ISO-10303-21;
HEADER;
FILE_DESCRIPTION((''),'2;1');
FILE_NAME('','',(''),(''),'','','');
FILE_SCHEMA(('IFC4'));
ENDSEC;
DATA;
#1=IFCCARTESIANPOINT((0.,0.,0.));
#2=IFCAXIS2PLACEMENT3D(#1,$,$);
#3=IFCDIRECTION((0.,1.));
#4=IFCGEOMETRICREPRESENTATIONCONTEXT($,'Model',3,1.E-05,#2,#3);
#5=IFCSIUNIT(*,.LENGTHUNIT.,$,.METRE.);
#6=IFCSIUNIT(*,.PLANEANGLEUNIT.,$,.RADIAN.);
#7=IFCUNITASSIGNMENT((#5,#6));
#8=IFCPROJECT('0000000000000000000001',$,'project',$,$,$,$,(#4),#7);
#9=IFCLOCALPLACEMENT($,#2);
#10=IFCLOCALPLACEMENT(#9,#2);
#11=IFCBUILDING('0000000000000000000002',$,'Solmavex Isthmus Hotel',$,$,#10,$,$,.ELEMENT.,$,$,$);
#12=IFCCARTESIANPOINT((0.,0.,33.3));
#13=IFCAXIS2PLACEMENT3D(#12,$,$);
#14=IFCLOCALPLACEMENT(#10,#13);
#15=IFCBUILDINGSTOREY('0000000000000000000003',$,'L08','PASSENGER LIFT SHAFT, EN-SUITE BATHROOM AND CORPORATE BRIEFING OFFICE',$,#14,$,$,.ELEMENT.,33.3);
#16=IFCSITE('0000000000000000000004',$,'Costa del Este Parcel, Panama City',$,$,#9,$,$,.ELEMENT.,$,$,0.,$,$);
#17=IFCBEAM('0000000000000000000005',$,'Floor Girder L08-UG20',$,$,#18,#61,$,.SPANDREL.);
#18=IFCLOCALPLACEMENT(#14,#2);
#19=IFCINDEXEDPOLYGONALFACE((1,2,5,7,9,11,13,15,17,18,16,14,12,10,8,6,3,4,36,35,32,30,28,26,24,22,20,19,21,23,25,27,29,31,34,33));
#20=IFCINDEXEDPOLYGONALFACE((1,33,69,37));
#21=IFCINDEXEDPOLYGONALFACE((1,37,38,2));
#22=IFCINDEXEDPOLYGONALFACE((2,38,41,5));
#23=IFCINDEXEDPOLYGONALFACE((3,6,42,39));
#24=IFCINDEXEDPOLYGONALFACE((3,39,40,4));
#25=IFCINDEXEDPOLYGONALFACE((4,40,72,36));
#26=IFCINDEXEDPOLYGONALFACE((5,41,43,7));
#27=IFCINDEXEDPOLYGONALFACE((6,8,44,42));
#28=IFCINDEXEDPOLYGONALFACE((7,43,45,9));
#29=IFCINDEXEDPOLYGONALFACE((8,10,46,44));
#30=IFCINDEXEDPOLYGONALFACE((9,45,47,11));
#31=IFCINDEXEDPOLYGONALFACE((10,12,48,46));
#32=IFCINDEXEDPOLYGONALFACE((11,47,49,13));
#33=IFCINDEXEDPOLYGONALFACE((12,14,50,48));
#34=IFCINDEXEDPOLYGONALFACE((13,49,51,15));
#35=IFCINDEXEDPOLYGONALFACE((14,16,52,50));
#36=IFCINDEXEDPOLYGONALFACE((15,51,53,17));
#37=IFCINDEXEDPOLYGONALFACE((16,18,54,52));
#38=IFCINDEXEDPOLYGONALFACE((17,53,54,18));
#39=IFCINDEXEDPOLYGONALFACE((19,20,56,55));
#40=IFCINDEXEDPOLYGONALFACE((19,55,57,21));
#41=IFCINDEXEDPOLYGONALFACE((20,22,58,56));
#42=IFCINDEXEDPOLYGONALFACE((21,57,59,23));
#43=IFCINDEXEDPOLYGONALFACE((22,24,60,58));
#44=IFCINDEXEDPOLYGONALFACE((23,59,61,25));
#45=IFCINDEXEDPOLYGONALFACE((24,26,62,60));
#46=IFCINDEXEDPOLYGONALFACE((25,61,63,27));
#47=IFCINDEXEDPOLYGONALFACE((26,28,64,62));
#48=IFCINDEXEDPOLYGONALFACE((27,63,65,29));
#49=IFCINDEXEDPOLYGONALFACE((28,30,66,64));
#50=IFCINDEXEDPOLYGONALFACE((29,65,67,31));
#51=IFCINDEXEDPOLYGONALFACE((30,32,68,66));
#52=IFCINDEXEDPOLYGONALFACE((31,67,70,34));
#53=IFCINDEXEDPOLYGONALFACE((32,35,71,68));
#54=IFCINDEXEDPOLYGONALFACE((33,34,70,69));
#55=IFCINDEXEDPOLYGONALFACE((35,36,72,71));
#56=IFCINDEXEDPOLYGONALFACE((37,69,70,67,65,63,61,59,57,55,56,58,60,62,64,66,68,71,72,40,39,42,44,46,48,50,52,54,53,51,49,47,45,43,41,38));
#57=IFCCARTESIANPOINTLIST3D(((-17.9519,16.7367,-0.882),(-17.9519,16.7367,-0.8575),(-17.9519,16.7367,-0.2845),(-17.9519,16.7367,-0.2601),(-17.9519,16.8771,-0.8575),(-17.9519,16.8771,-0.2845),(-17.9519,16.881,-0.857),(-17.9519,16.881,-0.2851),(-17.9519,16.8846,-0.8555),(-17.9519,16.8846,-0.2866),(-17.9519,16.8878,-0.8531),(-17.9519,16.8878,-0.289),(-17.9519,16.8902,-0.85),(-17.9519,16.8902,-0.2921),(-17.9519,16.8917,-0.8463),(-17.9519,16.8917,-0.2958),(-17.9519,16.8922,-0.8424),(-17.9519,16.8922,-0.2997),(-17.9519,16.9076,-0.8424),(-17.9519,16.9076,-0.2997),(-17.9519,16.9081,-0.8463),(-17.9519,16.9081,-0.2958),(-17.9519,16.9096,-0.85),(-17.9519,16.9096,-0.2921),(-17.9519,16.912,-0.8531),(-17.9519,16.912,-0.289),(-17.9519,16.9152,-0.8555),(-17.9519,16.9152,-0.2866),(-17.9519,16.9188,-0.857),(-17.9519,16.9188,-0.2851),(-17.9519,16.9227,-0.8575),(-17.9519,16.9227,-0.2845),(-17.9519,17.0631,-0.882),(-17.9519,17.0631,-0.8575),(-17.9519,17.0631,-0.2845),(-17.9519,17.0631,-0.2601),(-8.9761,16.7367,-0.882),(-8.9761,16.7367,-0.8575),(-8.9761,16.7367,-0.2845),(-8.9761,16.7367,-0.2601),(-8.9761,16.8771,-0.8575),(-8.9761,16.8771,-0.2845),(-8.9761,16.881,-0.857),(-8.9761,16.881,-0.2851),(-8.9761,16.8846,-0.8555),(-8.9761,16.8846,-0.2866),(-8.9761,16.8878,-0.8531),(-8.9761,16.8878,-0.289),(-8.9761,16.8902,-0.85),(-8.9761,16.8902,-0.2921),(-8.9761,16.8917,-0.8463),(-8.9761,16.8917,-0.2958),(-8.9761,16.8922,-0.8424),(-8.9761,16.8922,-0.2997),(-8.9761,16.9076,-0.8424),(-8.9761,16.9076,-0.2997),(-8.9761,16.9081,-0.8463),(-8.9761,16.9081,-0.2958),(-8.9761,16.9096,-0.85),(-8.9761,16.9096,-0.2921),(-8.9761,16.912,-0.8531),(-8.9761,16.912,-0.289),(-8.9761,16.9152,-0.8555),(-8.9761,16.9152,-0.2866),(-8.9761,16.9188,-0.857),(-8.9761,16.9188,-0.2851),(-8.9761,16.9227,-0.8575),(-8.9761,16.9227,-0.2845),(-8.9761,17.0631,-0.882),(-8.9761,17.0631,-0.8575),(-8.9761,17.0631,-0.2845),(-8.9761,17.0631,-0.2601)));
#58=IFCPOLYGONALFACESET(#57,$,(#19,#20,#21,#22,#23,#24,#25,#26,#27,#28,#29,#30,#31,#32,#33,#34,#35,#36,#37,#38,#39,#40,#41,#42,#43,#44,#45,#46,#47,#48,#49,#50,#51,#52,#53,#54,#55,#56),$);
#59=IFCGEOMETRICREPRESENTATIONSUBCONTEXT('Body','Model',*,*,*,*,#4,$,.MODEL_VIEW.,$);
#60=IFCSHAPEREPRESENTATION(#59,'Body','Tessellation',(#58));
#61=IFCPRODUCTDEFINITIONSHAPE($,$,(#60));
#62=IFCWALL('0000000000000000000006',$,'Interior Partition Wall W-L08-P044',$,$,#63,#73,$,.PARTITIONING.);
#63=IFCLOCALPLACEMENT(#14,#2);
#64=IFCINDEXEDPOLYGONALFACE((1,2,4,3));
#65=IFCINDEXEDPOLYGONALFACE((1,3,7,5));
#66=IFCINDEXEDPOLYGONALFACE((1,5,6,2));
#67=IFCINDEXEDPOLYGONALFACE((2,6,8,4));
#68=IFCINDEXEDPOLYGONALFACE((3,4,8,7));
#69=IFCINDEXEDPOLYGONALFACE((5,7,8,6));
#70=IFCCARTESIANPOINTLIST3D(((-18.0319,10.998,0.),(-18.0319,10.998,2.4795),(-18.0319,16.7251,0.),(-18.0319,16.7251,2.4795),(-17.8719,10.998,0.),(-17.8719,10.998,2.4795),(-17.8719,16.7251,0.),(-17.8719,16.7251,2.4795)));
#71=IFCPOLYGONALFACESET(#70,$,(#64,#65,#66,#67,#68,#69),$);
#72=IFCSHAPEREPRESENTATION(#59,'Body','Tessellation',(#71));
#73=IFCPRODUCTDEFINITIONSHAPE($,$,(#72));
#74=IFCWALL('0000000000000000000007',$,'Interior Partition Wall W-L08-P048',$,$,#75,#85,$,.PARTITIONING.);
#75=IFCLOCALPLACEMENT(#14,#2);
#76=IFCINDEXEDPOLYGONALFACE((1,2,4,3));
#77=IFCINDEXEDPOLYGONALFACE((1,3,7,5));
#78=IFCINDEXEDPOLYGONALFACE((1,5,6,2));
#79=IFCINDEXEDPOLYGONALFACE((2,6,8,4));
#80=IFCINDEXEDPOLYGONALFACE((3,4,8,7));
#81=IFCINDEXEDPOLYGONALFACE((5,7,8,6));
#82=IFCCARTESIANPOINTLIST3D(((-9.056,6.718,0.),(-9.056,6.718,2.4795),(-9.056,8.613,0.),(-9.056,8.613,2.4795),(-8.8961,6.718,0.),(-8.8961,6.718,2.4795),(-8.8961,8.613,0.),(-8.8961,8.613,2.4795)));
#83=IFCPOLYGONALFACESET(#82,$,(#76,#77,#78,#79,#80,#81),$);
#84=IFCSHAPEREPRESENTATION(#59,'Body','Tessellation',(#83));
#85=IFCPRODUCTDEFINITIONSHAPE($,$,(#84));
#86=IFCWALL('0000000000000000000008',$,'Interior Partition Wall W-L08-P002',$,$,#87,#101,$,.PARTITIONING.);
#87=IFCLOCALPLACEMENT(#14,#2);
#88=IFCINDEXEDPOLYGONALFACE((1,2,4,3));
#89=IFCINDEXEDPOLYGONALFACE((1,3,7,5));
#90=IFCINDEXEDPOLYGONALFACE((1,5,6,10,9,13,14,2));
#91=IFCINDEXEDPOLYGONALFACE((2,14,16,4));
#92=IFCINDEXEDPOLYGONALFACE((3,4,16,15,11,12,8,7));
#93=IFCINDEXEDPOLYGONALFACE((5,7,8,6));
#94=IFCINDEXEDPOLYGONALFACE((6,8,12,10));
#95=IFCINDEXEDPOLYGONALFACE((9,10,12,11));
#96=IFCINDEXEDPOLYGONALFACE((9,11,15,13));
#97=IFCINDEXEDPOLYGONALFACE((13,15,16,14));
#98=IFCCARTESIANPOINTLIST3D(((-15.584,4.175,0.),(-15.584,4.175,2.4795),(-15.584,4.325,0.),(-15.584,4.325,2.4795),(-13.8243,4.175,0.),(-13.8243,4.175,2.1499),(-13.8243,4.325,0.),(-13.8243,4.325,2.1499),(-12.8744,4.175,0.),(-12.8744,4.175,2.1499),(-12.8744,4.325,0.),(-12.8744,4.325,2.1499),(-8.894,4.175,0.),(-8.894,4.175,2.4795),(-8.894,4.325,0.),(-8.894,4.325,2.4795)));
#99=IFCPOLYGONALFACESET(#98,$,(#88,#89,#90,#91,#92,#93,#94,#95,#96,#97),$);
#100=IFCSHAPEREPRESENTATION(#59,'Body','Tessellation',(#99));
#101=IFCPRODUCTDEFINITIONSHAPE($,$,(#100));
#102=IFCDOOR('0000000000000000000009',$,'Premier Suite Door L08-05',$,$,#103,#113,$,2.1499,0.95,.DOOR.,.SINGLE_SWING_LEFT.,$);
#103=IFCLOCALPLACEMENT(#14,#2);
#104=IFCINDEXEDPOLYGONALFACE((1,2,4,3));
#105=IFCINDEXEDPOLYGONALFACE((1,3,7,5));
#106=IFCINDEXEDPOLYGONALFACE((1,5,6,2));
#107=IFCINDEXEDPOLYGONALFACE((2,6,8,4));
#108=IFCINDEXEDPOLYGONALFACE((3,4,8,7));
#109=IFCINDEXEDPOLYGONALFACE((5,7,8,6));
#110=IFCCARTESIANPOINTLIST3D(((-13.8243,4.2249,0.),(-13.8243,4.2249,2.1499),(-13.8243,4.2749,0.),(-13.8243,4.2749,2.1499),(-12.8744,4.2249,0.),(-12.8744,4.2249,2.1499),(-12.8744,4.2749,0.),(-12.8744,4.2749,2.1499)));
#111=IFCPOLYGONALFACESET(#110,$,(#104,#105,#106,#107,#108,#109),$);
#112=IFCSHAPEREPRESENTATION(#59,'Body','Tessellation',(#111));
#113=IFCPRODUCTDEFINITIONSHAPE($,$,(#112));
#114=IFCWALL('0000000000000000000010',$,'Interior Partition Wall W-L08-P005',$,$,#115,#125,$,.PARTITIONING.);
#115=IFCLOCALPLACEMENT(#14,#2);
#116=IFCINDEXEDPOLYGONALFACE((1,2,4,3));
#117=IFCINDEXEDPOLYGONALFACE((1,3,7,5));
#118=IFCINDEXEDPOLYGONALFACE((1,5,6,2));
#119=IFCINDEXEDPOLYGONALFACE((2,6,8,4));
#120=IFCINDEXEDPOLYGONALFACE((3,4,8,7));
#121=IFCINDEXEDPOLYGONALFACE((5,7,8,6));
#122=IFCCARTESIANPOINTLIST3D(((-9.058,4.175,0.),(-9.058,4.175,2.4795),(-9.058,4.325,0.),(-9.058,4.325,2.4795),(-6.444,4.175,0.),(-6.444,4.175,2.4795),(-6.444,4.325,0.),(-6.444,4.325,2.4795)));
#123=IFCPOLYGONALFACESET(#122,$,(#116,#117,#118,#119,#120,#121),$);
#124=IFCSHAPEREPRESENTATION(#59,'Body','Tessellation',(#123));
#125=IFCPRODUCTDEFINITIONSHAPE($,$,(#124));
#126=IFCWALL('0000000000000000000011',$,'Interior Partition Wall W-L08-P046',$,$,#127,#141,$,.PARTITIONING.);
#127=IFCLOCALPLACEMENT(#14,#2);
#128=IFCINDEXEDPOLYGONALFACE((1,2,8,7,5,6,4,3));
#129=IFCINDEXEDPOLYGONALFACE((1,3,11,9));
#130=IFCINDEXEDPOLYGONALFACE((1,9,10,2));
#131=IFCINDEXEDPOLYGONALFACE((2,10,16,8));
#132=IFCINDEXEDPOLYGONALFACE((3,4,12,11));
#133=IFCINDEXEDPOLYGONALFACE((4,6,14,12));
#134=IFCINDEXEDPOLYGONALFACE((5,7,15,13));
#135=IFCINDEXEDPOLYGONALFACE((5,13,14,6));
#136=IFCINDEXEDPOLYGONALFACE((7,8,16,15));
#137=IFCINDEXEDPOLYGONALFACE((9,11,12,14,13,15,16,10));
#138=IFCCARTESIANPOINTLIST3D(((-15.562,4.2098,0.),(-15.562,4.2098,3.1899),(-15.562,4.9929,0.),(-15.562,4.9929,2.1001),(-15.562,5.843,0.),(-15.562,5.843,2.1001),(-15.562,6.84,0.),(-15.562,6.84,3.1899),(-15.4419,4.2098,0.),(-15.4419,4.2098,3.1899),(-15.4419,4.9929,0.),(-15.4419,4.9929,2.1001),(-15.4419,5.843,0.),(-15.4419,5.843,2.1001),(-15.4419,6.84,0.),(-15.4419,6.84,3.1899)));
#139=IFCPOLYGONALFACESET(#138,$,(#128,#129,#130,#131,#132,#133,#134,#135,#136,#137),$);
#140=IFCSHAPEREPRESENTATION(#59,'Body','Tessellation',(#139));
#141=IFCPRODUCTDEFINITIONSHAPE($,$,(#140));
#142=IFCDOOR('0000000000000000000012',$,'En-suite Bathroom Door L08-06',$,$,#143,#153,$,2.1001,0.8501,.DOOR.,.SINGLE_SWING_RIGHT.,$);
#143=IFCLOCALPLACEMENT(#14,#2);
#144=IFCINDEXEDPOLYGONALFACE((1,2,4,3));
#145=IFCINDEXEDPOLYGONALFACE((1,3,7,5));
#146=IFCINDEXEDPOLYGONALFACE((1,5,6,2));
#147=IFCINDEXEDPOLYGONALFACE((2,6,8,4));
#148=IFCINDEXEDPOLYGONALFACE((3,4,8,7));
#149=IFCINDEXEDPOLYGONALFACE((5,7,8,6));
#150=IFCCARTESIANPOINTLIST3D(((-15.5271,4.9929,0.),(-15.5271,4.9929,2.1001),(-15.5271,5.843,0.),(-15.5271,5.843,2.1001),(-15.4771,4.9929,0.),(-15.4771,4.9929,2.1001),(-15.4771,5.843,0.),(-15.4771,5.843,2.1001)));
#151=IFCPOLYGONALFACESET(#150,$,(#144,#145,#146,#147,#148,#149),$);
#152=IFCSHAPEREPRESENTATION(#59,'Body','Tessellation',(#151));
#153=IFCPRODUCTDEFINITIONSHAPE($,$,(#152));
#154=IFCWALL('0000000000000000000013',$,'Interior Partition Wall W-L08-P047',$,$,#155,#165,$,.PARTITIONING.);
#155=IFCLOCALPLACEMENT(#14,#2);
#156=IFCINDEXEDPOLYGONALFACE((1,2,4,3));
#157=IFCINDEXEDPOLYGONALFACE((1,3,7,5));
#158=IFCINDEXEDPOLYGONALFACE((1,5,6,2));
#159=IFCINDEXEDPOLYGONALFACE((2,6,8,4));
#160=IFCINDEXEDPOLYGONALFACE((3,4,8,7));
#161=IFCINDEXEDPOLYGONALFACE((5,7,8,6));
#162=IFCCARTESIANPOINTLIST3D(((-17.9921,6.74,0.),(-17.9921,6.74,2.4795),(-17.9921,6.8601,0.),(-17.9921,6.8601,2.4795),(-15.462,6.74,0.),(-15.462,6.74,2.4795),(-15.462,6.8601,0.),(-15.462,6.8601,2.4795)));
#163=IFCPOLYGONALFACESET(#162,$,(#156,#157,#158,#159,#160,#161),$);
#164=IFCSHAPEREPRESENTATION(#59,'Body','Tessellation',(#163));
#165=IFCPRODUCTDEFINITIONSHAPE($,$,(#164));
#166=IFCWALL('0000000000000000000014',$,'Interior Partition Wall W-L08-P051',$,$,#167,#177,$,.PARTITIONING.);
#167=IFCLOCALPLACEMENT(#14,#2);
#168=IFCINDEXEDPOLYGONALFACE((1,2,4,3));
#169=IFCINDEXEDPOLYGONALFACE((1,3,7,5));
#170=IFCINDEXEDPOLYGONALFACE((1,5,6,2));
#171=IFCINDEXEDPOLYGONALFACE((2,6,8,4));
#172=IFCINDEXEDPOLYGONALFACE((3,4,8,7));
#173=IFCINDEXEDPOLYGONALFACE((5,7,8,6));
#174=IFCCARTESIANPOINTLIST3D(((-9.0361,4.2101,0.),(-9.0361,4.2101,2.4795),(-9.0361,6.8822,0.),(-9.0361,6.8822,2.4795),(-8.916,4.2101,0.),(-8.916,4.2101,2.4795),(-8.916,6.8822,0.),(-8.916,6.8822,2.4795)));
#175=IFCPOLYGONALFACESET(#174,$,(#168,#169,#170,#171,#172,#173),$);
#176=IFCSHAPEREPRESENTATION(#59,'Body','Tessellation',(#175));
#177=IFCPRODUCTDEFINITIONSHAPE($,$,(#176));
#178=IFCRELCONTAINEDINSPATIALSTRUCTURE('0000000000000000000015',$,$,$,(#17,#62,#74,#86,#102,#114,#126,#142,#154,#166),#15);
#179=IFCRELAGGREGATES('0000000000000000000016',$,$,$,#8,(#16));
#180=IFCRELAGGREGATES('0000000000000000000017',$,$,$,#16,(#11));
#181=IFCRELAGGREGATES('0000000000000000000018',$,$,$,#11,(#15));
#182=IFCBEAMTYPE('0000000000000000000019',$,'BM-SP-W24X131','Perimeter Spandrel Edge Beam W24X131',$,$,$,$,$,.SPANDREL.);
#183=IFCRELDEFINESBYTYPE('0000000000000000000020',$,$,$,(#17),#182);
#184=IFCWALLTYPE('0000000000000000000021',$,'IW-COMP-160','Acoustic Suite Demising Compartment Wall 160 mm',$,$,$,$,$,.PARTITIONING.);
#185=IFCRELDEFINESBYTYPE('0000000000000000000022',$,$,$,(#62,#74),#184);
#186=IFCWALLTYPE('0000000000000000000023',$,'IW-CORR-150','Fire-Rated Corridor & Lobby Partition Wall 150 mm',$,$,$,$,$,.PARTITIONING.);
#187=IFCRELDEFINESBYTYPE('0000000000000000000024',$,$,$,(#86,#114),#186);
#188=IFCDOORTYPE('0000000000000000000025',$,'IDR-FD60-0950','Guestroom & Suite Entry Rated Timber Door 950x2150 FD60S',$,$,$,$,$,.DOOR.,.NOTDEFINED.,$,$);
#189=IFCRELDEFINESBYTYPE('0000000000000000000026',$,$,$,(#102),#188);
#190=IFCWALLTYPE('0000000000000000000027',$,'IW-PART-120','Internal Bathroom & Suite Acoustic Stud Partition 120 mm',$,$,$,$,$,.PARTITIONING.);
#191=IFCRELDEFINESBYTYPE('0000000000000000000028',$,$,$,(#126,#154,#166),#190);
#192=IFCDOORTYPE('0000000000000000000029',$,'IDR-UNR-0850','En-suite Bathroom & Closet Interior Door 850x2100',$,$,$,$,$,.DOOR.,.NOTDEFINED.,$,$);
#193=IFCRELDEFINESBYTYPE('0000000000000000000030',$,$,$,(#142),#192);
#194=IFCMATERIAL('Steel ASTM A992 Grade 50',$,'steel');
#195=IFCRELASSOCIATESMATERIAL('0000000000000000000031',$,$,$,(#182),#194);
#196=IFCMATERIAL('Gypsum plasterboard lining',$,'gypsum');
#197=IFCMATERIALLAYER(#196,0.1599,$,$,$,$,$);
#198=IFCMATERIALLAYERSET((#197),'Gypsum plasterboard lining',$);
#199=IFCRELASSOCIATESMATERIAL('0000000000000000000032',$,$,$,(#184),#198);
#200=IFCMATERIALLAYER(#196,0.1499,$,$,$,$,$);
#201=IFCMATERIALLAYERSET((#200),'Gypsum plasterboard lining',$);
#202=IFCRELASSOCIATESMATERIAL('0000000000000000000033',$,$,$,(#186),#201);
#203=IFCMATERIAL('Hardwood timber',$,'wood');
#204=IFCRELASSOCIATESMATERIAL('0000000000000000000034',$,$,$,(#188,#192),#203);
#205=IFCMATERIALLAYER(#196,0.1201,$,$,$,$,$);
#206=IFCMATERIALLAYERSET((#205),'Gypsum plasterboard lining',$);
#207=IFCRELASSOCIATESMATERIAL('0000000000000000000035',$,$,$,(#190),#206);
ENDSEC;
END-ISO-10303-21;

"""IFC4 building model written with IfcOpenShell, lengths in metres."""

from ifc_helpers import new_model, si_unit, direction, frame, frame_2d, origin, origin_2d, place, context, subcontext, project, spatial, rectangle, i_section, extrude, material, layer, layer_set, material_profile, profile_set, type_object, element, fill, save


model = new_model("IFC4")

# Units and contexts
model_context = context("Model", 3, precision=1e-05, world=origin(), true_north=direction((0.0, 1.0)))
body_context = subcontext(model_context, "Body", "Model", "MODEL_VIEW")
ifc_project = project(units=[si_unit("LENGTHUNIT", "METRE"), si_unit("PLANEANGLEUNIT", "RADIAN")], contexts=[model_context])

# Site, building, storey
site_placement = place(None, origin())
site = spatial("IfcSite", under=ifc_project, at=site_placement, Name="Costa del Este Parcel, Panama City", CompositionType="ELEMENT", RefElevation=0.0)
building_placement = place(site_placement, origin())
building = spatial("IfcBuilding", under=site, at=building_placement, Name="Solmavex Isthmus Hotel", CompositionType="ELEMENT")
storey_placement = place(building_placement, frame((0.0, 0.0, 33.3)))
storey = spatial("IfcBuildingStorey", under=building, at=storey_placement, Name="L08", Description="PASSENGER LIFT SHAFT, EN-SUITE BATHROOM AND CORPORATE BRIEFING OFFICE", CompositionType="ELEMENT", Elevation=33.3)

# Beam
ifc_material_1 = material(Name="Steel ASTM A992 Grade 50", Category="steel")
ifc_material_profile_1 = material_profile(ifc_material_1, i_section(OverallWidth=0.3264, OverallDepth=0.6218, WebThickness=0.0154, FlangeThickness=0.0244, FilletRadius=0.0151, at=origin_2d()), Name="W24X131")
ifc_profile_set_1 = profile_set([ifc_material_profile_1], Name="Steel ASTM A992 Grade 50")
beam_type_1 = type_object("IfcBeamType", Name="BM-SP-W24X131", Description="Perimeter Spandrel Edge Beam W24X131", PredefinedType="SPANDREL", material=ifc_profile_set_1)
beam_1_placement = place(storey_placement, frame((-17.9519, 16.8999, -0.571), z_axis=(1.0, 0.0, 0.0), x_axis=(0.0, 1.0, 0.0)))
element("IfcBeam", 1, at=beam_1_placement, inside=storey, type_object=beam_type_1, Name="Floor Girder L08-UG20", PredefinedType="SPANDREL", context=body_context, shape_type="SweptSolid", body=[
    extrude(i_section(OverallWidth=0.3264, OverallDepth=0.6218, WebThickness=0.0154, FlangeThickness=0.0244, FilletRadius=0.0151, at=origin_2d()), origin(), (0.0, 0.0, 1.0), 8.9758),
])

# Walls
ifc_material_2 = material(Name="Gypsum plasterboard lining", Category="gypsum")
ifc_layer_1 = layer(ifc_material_2, 0.1599)
ifc_layer_set_1 = layer_set([ifc_layer_1], Name="Gypsum plasterboard lining")
wall_type_1 = type_object("IfcWallType", Name="IW-COMP-160", Description="Acoustic Suite Demising Compartment Wall 160 mm", PredefinedType="PARTITIONING", material=ifc_layer_set_1)
wall_1_placement = place(storey_placement, frame((-17.9519, 16.7251, 0.0), z_axis=(0.0, 0.0, 1.0), x_axis=(0.0, -1.0, 0.0)))
element("IfcWall", 2, at=wall_1_placement, inside=storey, type_object=wall_type_1, Name="Interior Partition Wall W-L08-P044", PredefinedType="PARTITIONING", context=body_context, shape_type="SweptSolid", body=[
    extrude(rectangle(XDim=5.7271, YDim=0.1599, at=frame_2d((2.8635, 0.0))), origin(), (0.0, 0.0, 1.0), 2.4795),
])
wall_2_placement = place(storey_placement, frame((-8.9761, 8.613, 0.0), z_axis=(0.0, 0.0, 1.0), x_axis=(0.0, -1.0, 0.0)))
element("IfcWall", 3, at=wall_2_placement, inside=storey, type_object=wall_type_1, Name="Interior Partition Wall W-L08-P048", PredefinedType="PARTITIONING", context=body_context, shape_type="SweptSolid", body=[
    extrude(rectangle(XDim=1.895, YDim=0.1599, at=frame_2d((0.9475, 0.0))), origin(), (0.0, 0.0, 1.0), 2.4795),
])

# Wall, opening, door
ifc_layer_2 = layer(ifc_material_2, 0.1499)
ifc_layer_set_2 = layer_set([ifc_layer_2], Name="Gypsum plasterboard lining")
wall_type_2 = type_object("IfcWallType", Name="IW-CORR-150", Description="Fire-Rated Corridor & Lobby Partition Wall 150 mm", PredefinedType="PARTITIONING", material=ifc_layer_set_2)
wall_3_placement = place(storey_placement, frame((-15.584, 4.25, 0.0), z_axis=(0.0, 0.0, 1.0), x_axis=(1.0, 0.0, 0.0)))
wall_3 = element("IfcWall", 4, at=wall_3_placement, inside=storey, type_object=wall_type_2, Name="Interior Partition Wall W-L08-P002", PredefinedType="PARTITIONING", context=body_context, shape_type="SweptSolid", body=[
    extrude(rectangle(XDim=6.6899, YDim=0.1499, at=frame_2d((3.345, 0.0))), origin(), (0.0, 0.0, 1.0), 2.4795),
])
opening_1_placement = place(wall_3_placement, frame((1.7595, 0.0, 0.0)))
opening_1 = element("IfcOpeningElement", 5, at=opening_1_placement, cuts=wall_3, PredefinedType="OPENING", context=body_context, shape_type="SweptSolid", body=[
    extrude(rectangle(XDim=0.95, YDim=2.1499, at=frame_2d((0.4751, 1.075))), frame((0.0, 0.085, 0.0), z_axis=(0.0, -1.0, 0.0), x_axis=(1.0, 0.0, 0.0)), (0.0, 0.0, 1.0), 0.1699),
])
ifc_material_3 = material(Name="Hardwood timber", Category="wood")
door_type_1 = type_object("IfcDoorType", Name="IDR-FD60-0950", Description="Guestroom & Suite Entry Rated Timber Door 950x2150 FD60S", OperationType="NOTDEFINED", PredefinedType="DOOR", material=ifc_material_3)
door_1_placement = place(opening_1_placement, origin())
door_1 = element("IfcDoor", 6, at=door_1_placement, inside=storey, type_object=door_type_1, Name="Premier Suite Door L08-05", OperationType="SINGLE_SWING_LEFT", OverallHeight=2.1499, OverallWidth=0.95, PredefinedType="DOOR", context=body_context, shape_type="SweptSolid", body=[
    extrude(rectangle(XDim=0.95, YDim=2.1499, at=frame_2d((0.4751, 1.075))), frame((0.0, 0.0249, 0.0), z_axis=(0.0, -1.0, 0.0), x_axis=(1.0, 0.0, 0.0)), (0.0, 0.0, 1.0), 0.05),
])
fill(opening_1, door_1)

# Wall
wall_4_placement = place(storey_placement, frame((-9.0581, 4.25, 0.0), z_axis=(0.0, 0.0, 1.0), x_axis=(1.0, 0.0, 0.0)))
element("IfcWall", 7, at=wall_4_placement, inside=storey, type_object=wall_type_2, Name="Interior Partition Wall W-L08-P005", PredefinedType="PARTITIONING", context=body_context, shape_type="SweptSolid", body=[
    extrude(rectangle(XDim=2.614, YDim=0.1499, at=frame_2d((1.3071, 0.0))), origin(), (0.0, 0.0, 1.0), 2.4795),
])

# Wall, opening, door
ifc_layer_3 = layer(ifc_material_2, 0.1201)
ifc_layer_set_3 = layer_set([ifc_layer_3], Name="Gypsum plasterboard lining")
wall_type_3 = type_object("IfcWallType", Name="IW-PART-120", Description="Internal Bathroom & Suite Acoustic Stud Partition 120 mm", PredefinedType="PARTITIONING", material=ifc_layer_set_3)
wall_5_placement = place(storey_placement, frame((-15.502, 4.21, 0.0), z_axis=(0.0, 0.0, 1.0), x_axis=(0.0, 1.0, 0.0)))
wall_5 = element("IfcWall", 8, at=wall_5_placement, inside=storey, type_object=wall_type_3, Name="Interior Partition Wall W-L08-P046", PredefinedType="PARTITIONING", context=body_context, shape_type="SweptSolid", body=[
    extrude(rectangle(XDim=2.6301, YDim=0.1201, at=frame_2d((1.3149, 0.0))), origin(), (0.0, 0.0, 1.0), 3.1899),
])
opening_2_placement = place(wall_5_placement, frame((0.783, 0.0, 0.0)))
opening_2 = element("IfcOpeningElement", 9, at=opening_2_placement, cuts=wall_5, PredefinedType="OPENING", context=body_context, shape_type="SweptSolid", body=[
    extrude(rectangle(XDim=0.8501, YDim=2.1001, at=frame_2d((0.425, 1.05))), frame((0.0, 0.0701, 0.0), z_axis=(0.0, -1.0, 0.0), x_axis=(1.0, 0.0, 0.0)), (0.0, 0.0, 1.0), 0.1401),
])
door_type_2 = type_object("IfcDoorType", Name="IDR-UNR-0850", Description="En-suite Bathroom & Closet Interior Door 850x2100", OperationType="NOTDEFINED", PredefinedType="DOOR", material=ifc_material_3)
door_2_placement = place(opening_2_placement, frame((0.8501, 0.0, 0.0), z_axis=(0.0, 0.0, 1.0), x_axis=(-1.0, 0.0, 0.0)))
door_2 = element("IfcDoor", 10, at=door_2_placement, inside=storey, type_object=door_type_2, Name="En-suite Bathroom Door L08-06", OperationType="SINGLE_SWING_RIGHT", OverallHeight=2.1001, OverallWidth=0.8501, PredefinedType="DOOR", context=body_context, shape_type="SweptSolid", body=[
    extrude(rectangle(XDim=0.8501, YDim=2.1001, at=frame_2d((0.425, 1.05))), frame((0.0, 0.0249, 0.0), z_axis=(0.0, -1.0, 0.0), x_axis=(1.0, 0.0, 0.0)), (0.0, 0.0, 1.0), 0.05),
])
fill(opening_2, door_2)

# Walls
wall_6_placement = place(storey_placement, frame((-15.4619, 6.8, 0.0), z_axis=(0.0, 0.0, 1.0), x_axis=(-1.0, 0.0, 0.0)))
element("IfcWall", 11, at=wall_6_placement, inside=storey, type_object=wall_type_3, Name="Interior Partition Wall W-L08-P047", PredefinedType="PARTITIONING", context=body_context, shape_type="SweptSolid", body=[
    extrude(rectangle(XDim=2.53, YDim=0.1201, at=frame_2d((1.2651, 0.0))), origin(), (0.0, 0.0, 1.0), 2.4795),
])
wall_7_placement = place(storey_placement, frame((-8.9761, 6.8821, 0.0), z_axis=(0.0, 0.0, 1.0), x_axis=(0.0, -1.0, 0.0)))
element("IfcWall", 12, at=wall_7_placement, inside=storey, type_object=wall_type_3, Name="Interior Partition Wall W-L08-P051", PredefinedType="PARTITIONING", context=body_context, shape_type="SweptSolid", body=[
    extrude(rectangle(XDim=2.6721, YDim=0.1201, at=frame_2d((1.3359, 0.0))), origin(), (0.0, 0.0, 1.0), 2.4795),
])

save(model, "model.ifc")
